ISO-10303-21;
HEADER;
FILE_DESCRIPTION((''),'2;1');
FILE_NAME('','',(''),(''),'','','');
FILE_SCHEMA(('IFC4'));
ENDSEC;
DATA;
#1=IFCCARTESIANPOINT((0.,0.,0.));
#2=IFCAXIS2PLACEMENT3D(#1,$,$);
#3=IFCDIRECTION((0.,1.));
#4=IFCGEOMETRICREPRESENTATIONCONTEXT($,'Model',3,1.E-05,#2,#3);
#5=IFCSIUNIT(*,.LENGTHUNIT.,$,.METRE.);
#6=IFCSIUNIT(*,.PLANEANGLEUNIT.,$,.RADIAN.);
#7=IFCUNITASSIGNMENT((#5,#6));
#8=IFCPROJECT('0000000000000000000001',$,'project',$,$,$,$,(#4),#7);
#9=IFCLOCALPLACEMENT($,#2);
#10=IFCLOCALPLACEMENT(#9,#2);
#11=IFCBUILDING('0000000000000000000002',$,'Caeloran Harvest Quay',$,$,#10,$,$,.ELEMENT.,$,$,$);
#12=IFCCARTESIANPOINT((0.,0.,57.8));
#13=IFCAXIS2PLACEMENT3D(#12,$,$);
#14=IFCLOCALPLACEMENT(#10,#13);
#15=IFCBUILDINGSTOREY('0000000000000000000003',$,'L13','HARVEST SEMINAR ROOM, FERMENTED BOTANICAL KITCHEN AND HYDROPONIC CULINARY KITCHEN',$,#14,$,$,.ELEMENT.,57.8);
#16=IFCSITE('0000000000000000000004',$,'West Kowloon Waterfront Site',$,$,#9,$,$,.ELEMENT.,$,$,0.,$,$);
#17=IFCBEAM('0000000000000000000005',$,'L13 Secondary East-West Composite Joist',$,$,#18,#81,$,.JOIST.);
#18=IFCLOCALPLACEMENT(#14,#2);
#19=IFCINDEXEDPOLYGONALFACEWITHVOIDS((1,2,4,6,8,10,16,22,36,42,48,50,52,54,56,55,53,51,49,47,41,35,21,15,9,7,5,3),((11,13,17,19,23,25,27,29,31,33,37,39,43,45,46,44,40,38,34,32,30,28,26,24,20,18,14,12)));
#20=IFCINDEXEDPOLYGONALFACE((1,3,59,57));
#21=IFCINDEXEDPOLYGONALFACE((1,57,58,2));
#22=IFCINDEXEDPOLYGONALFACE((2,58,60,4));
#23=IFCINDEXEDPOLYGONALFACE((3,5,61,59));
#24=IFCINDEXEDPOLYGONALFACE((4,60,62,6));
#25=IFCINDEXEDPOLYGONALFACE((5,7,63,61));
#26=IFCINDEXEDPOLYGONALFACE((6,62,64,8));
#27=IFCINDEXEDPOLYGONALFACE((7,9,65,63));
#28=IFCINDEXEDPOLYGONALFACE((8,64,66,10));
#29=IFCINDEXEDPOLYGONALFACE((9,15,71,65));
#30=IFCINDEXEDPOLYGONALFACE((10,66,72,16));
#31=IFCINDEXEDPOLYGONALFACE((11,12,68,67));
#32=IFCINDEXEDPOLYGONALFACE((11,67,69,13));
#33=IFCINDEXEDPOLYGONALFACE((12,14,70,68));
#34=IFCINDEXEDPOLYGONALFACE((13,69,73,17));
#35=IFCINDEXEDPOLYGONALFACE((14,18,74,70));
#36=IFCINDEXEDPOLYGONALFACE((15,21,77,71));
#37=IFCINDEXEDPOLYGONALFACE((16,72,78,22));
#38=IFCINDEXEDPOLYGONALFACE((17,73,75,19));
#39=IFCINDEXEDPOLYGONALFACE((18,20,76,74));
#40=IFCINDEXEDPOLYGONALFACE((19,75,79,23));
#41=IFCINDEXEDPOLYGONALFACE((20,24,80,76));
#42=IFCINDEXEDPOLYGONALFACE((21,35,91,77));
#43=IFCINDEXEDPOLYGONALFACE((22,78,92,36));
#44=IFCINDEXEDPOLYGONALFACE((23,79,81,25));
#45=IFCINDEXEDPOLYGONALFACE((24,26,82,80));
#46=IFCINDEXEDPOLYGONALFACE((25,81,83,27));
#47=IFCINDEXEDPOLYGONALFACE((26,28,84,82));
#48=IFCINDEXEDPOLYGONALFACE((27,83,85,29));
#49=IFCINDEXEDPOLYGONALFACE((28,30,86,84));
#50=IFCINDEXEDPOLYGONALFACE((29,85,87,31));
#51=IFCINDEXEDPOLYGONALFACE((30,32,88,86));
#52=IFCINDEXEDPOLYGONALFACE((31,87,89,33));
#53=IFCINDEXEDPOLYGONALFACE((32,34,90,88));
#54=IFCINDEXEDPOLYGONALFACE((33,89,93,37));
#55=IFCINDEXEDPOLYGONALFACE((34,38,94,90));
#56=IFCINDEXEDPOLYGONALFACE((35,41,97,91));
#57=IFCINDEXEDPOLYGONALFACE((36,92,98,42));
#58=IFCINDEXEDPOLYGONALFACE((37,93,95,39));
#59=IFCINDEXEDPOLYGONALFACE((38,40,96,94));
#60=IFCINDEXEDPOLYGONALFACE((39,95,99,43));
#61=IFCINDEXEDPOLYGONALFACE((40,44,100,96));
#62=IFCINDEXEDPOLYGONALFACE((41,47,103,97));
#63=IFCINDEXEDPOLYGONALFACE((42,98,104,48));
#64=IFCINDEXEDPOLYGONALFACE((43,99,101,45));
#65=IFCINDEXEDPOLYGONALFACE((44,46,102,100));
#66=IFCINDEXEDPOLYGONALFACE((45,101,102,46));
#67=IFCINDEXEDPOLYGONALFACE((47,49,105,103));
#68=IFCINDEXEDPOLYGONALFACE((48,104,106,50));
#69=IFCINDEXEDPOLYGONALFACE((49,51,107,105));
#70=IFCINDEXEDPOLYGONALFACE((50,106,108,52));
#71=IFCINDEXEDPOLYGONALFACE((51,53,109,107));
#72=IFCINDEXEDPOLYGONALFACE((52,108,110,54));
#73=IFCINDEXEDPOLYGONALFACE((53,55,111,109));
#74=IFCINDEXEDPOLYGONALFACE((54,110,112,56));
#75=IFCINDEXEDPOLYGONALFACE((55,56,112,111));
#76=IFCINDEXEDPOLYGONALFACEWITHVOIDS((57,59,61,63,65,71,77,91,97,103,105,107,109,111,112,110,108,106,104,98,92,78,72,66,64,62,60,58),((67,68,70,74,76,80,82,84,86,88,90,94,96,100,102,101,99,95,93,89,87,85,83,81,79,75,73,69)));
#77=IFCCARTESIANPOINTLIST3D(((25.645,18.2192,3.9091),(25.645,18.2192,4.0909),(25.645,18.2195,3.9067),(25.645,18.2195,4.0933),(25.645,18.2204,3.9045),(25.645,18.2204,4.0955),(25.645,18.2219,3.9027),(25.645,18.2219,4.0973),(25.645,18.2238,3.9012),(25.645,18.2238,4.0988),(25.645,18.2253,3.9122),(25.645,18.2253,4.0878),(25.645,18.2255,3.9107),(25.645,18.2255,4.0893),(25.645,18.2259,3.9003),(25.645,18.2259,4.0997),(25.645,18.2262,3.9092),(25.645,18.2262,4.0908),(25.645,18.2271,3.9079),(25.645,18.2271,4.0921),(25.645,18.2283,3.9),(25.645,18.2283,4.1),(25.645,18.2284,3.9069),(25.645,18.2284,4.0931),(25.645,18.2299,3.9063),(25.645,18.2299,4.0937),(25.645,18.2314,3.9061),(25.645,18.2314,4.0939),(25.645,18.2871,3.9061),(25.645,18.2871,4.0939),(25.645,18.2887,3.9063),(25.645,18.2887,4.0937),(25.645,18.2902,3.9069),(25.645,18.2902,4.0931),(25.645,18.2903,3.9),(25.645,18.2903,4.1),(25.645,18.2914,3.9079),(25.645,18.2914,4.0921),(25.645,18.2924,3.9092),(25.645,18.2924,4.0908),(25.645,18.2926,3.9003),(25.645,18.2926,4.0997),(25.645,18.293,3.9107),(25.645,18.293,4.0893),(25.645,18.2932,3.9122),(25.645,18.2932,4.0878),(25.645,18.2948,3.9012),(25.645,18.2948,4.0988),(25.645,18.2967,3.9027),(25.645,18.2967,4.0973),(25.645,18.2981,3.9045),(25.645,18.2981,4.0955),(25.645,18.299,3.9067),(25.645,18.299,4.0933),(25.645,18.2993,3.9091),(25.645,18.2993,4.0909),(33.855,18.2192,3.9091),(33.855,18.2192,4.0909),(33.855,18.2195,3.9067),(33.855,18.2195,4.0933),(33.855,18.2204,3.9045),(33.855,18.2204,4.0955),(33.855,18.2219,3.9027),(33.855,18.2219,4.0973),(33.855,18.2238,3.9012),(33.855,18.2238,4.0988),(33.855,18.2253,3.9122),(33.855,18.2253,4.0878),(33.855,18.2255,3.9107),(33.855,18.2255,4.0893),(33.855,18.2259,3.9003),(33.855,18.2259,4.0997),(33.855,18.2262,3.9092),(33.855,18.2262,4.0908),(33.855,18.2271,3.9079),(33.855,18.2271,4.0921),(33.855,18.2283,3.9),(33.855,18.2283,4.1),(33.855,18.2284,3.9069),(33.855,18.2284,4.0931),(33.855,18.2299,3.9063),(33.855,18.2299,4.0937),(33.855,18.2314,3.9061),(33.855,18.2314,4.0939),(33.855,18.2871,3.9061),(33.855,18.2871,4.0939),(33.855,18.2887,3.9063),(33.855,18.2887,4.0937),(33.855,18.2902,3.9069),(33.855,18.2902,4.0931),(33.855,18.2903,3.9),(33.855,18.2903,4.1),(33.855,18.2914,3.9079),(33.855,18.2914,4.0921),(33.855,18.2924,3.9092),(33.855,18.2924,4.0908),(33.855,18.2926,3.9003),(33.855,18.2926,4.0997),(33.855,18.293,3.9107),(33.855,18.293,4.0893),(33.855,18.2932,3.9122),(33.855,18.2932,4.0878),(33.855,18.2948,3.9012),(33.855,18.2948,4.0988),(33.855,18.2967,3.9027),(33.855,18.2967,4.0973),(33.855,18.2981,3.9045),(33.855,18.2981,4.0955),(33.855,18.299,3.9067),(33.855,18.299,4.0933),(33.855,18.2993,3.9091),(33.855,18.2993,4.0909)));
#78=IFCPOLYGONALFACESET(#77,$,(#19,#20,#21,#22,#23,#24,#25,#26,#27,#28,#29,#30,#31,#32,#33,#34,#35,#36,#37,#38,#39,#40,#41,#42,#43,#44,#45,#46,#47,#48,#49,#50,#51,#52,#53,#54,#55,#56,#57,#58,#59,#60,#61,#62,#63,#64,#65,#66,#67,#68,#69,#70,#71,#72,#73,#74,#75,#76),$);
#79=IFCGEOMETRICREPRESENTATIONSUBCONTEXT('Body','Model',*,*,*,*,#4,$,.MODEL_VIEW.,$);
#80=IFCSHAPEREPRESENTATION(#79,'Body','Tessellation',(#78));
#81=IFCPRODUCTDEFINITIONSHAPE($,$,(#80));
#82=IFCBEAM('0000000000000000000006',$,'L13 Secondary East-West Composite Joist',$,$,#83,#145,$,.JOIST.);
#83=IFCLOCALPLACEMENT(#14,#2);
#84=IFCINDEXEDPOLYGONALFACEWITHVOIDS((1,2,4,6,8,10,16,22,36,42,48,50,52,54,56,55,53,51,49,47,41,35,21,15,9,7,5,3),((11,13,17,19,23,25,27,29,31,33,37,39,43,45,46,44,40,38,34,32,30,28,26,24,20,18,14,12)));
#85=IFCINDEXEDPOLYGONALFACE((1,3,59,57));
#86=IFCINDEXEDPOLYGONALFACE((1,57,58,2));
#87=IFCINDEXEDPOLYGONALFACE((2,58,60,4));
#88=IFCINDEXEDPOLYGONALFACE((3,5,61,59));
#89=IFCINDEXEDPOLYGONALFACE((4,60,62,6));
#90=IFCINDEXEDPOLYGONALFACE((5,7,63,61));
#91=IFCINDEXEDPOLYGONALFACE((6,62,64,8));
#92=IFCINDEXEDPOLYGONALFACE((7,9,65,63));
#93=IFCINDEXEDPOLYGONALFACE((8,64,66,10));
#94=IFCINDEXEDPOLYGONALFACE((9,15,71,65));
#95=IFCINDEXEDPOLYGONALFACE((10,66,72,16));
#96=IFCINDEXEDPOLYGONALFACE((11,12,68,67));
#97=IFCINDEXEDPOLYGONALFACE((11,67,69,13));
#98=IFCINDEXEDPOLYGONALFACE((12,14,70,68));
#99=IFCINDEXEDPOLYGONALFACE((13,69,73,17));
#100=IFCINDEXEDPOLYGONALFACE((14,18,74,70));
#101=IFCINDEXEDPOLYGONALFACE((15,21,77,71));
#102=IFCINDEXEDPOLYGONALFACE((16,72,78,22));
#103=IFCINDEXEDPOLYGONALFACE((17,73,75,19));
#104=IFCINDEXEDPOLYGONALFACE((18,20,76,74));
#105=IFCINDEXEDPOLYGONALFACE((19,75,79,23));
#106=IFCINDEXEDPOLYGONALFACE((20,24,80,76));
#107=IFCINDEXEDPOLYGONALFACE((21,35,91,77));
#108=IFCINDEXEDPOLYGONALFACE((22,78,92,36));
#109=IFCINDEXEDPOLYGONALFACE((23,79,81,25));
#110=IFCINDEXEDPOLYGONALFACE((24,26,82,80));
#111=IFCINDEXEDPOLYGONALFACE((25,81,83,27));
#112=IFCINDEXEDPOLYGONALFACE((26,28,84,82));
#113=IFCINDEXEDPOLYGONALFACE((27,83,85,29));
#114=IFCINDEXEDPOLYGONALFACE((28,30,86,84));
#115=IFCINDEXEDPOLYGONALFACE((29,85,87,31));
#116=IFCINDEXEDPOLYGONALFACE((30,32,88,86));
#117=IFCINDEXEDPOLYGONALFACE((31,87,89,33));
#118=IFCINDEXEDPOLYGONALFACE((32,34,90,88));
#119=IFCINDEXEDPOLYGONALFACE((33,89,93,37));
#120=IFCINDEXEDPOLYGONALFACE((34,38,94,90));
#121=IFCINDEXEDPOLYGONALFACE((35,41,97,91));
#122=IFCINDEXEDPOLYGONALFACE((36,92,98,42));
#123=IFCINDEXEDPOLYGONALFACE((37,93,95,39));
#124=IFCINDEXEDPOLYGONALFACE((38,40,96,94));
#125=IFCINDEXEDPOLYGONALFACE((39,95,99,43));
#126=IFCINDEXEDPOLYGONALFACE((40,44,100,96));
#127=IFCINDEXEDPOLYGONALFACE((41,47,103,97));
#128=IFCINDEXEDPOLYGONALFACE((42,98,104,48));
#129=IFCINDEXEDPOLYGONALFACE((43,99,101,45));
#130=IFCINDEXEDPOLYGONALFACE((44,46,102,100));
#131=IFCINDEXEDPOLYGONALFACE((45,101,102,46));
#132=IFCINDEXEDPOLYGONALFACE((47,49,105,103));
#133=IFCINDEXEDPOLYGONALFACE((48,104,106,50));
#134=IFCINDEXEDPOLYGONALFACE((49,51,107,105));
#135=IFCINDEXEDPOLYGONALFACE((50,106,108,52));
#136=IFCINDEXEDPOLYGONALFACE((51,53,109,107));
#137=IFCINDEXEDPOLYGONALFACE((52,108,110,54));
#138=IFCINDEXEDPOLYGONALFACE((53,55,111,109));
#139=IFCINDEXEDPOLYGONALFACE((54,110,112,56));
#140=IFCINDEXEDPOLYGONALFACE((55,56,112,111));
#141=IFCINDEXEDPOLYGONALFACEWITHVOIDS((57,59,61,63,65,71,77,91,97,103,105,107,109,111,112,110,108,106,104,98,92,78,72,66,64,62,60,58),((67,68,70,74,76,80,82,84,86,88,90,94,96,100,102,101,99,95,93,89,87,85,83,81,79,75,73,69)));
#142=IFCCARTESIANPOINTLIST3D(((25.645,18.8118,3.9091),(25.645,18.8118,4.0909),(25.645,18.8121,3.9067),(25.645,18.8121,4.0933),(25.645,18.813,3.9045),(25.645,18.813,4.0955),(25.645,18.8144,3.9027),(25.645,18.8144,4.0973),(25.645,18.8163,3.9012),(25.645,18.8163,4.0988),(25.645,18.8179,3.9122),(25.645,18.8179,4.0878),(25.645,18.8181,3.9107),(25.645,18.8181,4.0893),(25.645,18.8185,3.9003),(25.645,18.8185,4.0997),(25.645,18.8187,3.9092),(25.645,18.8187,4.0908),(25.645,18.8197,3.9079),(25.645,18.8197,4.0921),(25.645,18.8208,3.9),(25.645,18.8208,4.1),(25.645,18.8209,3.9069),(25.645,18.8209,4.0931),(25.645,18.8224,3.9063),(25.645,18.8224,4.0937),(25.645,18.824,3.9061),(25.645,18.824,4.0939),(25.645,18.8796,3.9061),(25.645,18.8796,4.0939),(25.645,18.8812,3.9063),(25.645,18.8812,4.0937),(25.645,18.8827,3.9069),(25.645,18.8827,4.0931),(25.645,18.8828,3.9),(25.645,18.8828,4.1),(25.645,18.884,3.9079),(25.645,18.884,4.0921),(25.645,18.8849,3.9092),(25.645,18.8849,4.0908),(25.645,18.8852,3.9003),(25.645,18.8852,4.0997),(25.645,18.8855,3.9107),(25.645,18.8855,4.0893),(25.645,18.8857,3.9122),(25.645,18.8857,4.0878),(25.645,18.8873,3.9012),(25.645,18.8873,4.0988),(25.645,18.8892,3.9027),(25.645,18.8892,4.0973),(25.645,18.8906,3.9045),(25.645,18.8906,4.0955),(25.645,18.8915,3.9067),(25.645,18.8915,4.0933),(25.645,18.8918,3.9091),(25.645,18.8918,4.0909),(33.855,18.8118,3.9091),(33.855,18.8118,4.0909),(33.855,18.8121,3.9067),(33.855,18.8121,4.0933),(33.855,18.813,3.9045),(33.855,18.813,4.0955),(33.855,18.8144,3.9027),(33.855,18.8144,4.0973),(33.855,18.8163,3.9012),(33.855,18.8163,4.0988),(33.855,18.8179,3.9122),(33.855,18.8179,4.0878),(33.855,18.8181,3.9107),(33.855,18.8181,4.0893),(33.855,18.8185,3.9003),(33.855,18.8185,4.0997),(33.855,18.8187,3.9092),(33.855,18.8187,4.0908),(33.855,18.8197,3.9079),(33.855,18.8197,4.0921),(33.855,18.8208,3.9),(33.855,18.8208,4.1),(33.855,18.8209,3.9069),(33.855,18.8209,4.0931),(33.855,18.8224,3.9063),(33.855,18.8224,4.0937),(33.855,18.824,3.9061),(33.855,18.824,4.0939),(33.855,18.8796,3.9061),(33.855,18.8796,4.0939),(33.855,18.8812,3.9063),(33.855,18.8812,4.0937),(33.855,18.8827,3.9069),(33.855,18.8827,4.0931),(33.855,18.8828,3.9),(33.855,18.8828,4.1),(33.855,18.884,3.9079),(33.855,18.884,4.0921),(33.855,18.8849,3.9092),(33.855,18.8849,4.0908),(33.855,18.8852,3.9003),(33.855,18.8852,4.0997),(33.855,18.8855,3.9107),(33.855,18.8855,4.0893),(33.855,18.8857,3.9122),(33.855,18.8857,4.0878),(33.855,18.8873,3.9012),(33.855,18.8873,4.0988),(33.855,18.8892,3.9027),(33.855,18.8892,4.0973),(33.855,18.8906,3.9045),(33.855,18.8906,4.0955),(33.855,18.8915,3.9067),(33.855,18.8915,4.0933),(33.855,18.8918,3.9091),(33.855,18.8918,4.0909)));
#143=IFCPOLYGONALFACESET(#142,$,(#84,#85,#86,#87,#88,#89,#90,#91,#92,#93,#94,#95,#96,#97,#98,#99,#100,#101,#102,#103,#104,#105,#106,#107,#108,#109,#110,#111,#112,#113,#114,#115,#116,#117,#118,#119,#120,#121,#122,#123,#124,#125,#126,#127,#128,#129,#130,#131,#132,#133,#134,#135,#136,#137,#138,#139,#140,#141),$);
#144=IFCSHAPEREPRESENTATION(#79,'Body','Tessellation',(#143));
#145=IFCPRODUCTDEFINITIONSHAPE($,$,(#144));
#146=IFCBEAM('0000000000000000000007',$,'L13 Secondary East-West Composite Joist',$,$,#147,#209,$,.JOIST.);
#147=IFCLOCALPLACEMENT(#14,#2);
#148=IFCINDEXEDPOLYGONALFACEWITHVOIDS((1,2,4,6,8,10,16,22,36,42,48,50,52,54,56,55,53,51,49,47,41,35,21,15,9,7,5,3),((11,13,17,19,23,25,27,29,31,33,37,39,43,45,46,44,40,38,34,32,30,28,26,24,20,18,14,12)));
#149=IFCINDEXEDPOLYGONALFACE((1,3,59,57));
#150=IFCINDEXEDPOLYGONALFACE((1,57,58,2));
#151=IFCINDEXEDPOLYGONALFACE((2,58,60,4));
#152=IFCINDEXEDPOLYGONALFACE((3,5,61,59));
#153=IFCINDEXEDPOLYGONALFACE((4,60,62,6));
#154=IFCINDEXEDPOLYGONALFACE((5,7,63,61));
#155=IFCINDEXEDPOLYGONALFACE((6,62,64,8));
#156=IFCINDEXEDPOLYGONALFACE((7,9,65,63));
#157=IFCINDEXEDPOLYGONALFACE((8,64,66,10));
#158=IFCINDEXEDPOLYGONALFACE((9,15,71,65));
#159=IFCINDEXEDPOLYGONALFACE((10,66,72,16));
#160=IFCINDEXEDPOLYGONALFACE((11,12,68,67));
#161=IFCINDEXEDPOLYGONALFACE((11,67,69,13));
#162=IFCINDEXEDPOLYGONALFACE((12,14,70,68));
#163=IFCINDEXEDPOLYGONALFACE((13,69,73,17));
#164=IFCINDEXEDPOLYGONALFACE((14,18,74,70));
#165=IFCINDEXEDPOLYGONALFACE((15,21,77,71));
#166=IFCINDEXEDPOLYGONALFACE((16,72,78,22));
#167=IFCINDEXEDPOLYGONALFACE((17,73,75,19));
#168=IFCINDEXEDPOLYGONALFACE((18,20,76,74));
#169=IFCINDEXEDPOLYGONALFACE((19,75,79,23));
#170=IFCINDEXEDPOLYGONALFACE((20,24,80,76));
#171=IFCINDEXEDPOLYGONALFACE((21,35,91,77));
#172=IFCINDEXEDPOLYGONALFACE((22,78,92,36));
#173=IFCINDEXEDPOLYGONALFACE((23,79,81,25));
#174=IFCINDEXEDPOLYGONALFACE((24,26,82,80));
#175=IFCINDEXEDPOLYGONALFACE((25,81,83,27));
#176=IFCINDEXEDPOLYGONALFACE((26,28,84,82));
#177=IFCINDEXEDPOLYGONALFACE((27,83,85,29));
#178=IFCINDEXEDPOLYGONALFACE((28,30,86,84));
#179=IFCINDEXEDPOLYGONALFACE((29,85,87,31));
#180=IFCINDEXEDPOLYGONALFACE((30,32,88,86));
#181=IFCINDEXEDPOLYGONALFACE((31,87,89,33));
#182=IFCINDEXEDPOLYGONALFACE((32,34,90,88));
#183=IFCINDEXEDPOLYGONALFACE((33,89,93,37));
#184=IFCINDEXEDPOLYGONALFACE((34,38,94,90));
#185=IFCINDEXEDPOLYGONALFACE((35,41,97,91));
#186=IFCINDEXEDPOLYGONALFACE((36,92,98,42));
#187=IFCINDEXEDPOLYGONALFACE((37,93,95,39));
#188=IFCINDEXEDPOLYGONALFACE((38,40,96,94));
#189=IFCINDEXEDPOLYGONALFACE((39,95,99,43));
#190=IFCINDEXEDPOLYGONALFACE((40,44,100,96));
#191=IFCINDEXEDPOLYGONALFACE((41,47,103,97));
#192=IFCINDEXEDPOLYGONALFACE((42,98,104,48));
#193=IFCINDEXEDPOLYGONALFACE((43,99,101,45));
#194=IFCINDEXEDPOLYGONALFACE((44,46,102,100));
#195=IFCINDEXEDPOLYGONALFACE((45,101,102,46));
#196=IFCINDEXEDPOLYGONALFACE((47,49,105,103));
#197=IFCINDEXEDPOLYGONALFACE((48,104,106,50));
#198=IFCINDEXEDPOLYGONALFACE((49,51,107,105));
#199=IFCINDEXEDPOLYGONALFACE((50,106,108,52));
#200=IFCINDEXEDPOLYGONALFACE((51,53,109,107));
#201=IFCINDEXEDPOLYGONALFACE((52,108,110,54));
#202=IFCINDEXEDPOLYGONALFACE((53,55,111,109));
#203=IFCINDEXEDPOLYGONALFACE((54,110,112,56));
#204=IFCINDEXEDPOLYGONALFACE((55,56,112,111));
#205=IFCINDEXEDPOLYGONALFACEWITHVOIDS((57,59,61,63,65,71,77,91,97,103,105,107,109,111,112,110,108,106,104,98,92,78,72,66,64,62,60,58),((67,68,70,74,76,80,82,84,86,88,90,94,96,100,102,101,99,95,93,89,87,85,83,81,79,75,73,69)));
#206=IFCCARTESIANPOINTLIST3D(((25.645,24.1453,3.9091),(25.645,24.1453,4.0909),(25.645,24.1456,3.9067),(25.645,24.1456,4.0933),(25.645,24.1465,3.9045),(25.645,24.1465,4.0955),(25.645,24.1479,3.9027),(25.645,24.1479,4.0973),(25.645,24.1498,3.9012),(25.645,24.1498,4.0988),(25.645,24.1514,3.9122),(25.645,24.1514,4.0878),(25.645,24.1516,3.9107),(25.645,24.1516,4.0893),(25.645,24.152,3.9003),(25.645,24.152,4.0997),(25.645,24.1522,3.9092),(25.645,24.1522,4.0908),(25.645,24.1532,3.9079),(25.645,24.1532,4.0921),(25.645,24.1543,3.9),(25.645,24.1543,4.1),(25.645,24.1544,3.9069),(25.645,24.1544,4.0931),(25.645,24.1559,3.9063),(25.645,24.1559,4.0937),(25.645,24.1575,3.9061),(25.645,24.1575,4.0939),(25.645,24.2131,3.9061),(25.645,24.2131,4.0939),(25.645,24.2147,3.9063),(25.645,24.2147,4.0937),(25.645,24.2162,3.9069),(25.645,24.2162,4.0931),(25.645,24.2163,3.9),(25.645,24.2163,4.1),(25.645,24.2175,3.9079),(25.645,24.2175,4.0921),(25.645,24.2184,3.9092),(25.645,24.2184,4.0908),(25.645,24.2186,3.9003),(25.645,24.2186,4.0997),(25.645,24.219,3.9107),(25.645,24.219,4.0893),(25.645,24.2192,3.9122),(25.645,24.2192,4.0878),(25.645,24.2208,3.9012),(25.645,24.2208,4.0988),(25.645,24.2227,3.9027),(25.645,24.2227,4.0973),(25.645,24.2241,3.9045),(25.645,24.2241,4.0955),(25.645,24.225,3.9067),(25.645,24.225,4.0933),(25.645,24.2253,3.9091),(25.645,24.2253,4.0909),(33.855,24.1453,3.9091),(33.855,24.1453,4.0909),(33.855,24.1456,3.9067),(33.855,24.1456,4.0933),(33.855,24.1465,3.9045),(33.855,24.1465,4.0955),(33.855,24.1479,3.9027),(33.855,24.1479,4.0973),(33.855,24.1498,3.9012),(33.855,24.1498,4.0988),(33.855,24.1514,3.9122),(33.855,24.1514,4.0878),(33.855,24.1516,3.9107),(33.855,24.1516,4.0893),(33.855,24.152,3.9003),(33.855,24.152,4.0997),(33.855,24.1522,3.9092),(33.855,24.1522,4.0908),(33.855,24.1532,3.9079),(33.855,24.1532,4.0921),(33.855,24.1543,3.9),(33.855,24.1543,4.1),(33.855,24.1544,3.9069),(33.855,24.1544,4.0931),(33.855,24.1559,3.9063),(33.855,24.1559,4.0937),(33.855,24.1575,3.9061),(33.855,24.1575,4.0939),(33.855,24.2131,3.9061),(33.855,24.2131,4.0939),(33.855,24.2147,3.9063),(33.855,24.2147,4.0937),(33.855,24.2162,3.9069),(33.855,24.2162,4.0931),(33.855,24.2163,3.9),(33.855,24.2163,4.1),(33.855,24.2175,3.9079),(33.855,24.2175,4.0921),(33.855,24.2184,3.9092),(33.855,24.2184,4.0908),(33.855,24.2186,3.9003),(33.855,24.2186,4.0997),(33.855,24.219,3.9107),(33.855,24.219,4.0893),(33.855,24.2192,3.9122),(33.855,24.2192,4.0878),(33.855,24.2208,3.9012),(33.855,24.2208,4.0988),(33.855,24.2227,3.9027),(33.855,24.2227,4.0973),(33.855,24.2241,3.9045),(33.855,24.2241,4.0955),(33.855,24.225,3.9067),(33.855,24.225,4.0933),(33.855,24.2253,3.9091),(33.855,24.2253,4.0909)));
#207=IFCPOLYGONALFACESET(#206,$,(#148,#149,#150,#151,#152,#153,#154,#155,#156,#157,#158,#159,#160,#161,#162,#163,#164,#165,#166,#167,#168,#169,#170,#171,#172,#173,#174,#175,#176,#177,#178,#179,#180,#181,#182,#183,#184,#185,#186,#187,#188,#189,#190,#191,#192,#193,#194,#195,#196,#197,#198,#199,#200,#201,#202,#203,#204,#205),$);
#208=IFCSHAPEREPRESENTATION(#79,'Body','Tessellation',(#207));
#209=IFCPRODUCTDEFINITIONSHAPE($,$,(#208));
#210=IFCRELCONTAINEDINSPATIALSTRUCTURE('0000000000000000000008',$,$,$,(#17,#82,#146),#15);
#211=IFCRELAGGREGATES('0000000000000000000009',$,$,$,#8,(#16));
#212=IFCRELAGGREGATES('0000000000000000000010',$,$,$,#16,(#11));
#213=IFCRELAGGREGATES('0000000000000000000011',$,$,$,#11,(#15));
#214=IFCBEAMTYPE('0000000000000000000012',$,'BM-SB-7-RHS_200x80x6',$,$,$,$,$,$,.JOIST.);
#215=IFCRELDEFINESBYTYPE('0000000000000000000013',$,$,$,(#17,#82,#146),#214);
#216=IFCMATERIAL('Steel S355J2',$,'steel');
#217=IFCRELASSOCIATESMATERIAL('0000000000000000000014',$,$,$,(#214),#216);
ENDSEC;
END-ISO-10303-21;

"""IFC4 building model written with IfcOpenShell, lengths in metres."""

from ifc_helpers import new_model, si_unit, direction, frame, origin, origin_2d, place, context, subcontext, project, spatial, hollow_rectangle, extrude, material, material_profile, profile_set, type_object, element, save


model = new_model("IFC4")

# Units and contexts
model_context = context("Model", 3, precision=1e-05, world=origin(), true_north=direction((0.0, 1.0)))
body_context = subcontext(model_context, "Body", "Model", "MODEL_VIEW")
ifc_project = project(units=[si_unit("LENGTHUNIT", "METRE"), si_unit("PLANEANGLEUNIT", "RADIAN")], contexts=[model_context])

# Site, building, storey
site_placement = place(None, origin())
site = spatial("IfcSite", under=ifc_project, at=site_placement, Name="West Kowloon Waterfront Site", CompositionType="ELEMENT", RefElevation=0.0)
building_placement = place(site_placement, origin())
building = spatial("IfcBuilding", under=site, at=building_placement, Name="Caeloran Harvest Quay", CompositionType="ELEMENT")
storey_placement = place(building_placement, frame((0.0, 0.0, 57.8)))
storey = spatial("IfcBuildingStorey", under=building, at=storey_placement, Name="L13", Description="HARVEST SEMINAR ROOM, FERMENTED BOTANICAL KITCHEN AND HYDROPONIC CULINARY KITCHEN", CompositionType="ELEMENT", Elevation=57.8)

# Beams
ifc_material_1 = material(Name="Steel S355J2", Category="steel")
ifc_material_profile_1 = material_profile(ifc_material_1, hollow_rectangle(XDim=0.0801, YDim=0.2, WallThickness=0.0061, InnerFilletRadius=0.0061, OuterFilletRadius=0.009, at=origin_2d()), Name="RHS 200x80x6")
ifc_profile_set_1 = profile_set([ifc_material_profile_1], Name="Steel S355J2")
beam_type_1 = type_object("IfcBeamType", Name="BM-SB-7-RHS_200x80x6", PredefinedType="JOIST", material=ifc_profile_set_1)
for number, where, z_axis, x_axis, name in (
    (1, (25.645, 18.2593, 4.0), (1.0, 0.0, 0.0), (0.0, 1.0, 0.0), "L13 Secondary East-West Composite Joist"),
    (2, (25.645, 18.8518, 4.0), (1.0, 0.0, 0.0), (0.0, 1.0, 0.0), "L13 Secondary East-West Composite Joist"),
    (3, (25.645, 24.1853, 4.0), (1.0, 0.0, 0.0), (0.0, 1.0, 0.0), "L13 Secondary East-West Composite Joist"),
):
    element("IfcBeam", number, at=place(storey_placement, frame(where, z_axis=z_axis, x_axis=x_axis)), inside=storey, type_object=beam_type_1, Name=name, PredefinedType="JOIST", context=body_context, shape_type="SweptSolid", body=[
        extrude(hollow_rectangle(XDim=0.0801, YDim=0.2, WallThickness=0.0061, InnerFilletRadius=0.0061, OuterFilletRadius=0.009, at=origin_2d()), origin(), (0.0, 0.0, 1.0), 8.21),
    ])

save(model, "model.ifc")
